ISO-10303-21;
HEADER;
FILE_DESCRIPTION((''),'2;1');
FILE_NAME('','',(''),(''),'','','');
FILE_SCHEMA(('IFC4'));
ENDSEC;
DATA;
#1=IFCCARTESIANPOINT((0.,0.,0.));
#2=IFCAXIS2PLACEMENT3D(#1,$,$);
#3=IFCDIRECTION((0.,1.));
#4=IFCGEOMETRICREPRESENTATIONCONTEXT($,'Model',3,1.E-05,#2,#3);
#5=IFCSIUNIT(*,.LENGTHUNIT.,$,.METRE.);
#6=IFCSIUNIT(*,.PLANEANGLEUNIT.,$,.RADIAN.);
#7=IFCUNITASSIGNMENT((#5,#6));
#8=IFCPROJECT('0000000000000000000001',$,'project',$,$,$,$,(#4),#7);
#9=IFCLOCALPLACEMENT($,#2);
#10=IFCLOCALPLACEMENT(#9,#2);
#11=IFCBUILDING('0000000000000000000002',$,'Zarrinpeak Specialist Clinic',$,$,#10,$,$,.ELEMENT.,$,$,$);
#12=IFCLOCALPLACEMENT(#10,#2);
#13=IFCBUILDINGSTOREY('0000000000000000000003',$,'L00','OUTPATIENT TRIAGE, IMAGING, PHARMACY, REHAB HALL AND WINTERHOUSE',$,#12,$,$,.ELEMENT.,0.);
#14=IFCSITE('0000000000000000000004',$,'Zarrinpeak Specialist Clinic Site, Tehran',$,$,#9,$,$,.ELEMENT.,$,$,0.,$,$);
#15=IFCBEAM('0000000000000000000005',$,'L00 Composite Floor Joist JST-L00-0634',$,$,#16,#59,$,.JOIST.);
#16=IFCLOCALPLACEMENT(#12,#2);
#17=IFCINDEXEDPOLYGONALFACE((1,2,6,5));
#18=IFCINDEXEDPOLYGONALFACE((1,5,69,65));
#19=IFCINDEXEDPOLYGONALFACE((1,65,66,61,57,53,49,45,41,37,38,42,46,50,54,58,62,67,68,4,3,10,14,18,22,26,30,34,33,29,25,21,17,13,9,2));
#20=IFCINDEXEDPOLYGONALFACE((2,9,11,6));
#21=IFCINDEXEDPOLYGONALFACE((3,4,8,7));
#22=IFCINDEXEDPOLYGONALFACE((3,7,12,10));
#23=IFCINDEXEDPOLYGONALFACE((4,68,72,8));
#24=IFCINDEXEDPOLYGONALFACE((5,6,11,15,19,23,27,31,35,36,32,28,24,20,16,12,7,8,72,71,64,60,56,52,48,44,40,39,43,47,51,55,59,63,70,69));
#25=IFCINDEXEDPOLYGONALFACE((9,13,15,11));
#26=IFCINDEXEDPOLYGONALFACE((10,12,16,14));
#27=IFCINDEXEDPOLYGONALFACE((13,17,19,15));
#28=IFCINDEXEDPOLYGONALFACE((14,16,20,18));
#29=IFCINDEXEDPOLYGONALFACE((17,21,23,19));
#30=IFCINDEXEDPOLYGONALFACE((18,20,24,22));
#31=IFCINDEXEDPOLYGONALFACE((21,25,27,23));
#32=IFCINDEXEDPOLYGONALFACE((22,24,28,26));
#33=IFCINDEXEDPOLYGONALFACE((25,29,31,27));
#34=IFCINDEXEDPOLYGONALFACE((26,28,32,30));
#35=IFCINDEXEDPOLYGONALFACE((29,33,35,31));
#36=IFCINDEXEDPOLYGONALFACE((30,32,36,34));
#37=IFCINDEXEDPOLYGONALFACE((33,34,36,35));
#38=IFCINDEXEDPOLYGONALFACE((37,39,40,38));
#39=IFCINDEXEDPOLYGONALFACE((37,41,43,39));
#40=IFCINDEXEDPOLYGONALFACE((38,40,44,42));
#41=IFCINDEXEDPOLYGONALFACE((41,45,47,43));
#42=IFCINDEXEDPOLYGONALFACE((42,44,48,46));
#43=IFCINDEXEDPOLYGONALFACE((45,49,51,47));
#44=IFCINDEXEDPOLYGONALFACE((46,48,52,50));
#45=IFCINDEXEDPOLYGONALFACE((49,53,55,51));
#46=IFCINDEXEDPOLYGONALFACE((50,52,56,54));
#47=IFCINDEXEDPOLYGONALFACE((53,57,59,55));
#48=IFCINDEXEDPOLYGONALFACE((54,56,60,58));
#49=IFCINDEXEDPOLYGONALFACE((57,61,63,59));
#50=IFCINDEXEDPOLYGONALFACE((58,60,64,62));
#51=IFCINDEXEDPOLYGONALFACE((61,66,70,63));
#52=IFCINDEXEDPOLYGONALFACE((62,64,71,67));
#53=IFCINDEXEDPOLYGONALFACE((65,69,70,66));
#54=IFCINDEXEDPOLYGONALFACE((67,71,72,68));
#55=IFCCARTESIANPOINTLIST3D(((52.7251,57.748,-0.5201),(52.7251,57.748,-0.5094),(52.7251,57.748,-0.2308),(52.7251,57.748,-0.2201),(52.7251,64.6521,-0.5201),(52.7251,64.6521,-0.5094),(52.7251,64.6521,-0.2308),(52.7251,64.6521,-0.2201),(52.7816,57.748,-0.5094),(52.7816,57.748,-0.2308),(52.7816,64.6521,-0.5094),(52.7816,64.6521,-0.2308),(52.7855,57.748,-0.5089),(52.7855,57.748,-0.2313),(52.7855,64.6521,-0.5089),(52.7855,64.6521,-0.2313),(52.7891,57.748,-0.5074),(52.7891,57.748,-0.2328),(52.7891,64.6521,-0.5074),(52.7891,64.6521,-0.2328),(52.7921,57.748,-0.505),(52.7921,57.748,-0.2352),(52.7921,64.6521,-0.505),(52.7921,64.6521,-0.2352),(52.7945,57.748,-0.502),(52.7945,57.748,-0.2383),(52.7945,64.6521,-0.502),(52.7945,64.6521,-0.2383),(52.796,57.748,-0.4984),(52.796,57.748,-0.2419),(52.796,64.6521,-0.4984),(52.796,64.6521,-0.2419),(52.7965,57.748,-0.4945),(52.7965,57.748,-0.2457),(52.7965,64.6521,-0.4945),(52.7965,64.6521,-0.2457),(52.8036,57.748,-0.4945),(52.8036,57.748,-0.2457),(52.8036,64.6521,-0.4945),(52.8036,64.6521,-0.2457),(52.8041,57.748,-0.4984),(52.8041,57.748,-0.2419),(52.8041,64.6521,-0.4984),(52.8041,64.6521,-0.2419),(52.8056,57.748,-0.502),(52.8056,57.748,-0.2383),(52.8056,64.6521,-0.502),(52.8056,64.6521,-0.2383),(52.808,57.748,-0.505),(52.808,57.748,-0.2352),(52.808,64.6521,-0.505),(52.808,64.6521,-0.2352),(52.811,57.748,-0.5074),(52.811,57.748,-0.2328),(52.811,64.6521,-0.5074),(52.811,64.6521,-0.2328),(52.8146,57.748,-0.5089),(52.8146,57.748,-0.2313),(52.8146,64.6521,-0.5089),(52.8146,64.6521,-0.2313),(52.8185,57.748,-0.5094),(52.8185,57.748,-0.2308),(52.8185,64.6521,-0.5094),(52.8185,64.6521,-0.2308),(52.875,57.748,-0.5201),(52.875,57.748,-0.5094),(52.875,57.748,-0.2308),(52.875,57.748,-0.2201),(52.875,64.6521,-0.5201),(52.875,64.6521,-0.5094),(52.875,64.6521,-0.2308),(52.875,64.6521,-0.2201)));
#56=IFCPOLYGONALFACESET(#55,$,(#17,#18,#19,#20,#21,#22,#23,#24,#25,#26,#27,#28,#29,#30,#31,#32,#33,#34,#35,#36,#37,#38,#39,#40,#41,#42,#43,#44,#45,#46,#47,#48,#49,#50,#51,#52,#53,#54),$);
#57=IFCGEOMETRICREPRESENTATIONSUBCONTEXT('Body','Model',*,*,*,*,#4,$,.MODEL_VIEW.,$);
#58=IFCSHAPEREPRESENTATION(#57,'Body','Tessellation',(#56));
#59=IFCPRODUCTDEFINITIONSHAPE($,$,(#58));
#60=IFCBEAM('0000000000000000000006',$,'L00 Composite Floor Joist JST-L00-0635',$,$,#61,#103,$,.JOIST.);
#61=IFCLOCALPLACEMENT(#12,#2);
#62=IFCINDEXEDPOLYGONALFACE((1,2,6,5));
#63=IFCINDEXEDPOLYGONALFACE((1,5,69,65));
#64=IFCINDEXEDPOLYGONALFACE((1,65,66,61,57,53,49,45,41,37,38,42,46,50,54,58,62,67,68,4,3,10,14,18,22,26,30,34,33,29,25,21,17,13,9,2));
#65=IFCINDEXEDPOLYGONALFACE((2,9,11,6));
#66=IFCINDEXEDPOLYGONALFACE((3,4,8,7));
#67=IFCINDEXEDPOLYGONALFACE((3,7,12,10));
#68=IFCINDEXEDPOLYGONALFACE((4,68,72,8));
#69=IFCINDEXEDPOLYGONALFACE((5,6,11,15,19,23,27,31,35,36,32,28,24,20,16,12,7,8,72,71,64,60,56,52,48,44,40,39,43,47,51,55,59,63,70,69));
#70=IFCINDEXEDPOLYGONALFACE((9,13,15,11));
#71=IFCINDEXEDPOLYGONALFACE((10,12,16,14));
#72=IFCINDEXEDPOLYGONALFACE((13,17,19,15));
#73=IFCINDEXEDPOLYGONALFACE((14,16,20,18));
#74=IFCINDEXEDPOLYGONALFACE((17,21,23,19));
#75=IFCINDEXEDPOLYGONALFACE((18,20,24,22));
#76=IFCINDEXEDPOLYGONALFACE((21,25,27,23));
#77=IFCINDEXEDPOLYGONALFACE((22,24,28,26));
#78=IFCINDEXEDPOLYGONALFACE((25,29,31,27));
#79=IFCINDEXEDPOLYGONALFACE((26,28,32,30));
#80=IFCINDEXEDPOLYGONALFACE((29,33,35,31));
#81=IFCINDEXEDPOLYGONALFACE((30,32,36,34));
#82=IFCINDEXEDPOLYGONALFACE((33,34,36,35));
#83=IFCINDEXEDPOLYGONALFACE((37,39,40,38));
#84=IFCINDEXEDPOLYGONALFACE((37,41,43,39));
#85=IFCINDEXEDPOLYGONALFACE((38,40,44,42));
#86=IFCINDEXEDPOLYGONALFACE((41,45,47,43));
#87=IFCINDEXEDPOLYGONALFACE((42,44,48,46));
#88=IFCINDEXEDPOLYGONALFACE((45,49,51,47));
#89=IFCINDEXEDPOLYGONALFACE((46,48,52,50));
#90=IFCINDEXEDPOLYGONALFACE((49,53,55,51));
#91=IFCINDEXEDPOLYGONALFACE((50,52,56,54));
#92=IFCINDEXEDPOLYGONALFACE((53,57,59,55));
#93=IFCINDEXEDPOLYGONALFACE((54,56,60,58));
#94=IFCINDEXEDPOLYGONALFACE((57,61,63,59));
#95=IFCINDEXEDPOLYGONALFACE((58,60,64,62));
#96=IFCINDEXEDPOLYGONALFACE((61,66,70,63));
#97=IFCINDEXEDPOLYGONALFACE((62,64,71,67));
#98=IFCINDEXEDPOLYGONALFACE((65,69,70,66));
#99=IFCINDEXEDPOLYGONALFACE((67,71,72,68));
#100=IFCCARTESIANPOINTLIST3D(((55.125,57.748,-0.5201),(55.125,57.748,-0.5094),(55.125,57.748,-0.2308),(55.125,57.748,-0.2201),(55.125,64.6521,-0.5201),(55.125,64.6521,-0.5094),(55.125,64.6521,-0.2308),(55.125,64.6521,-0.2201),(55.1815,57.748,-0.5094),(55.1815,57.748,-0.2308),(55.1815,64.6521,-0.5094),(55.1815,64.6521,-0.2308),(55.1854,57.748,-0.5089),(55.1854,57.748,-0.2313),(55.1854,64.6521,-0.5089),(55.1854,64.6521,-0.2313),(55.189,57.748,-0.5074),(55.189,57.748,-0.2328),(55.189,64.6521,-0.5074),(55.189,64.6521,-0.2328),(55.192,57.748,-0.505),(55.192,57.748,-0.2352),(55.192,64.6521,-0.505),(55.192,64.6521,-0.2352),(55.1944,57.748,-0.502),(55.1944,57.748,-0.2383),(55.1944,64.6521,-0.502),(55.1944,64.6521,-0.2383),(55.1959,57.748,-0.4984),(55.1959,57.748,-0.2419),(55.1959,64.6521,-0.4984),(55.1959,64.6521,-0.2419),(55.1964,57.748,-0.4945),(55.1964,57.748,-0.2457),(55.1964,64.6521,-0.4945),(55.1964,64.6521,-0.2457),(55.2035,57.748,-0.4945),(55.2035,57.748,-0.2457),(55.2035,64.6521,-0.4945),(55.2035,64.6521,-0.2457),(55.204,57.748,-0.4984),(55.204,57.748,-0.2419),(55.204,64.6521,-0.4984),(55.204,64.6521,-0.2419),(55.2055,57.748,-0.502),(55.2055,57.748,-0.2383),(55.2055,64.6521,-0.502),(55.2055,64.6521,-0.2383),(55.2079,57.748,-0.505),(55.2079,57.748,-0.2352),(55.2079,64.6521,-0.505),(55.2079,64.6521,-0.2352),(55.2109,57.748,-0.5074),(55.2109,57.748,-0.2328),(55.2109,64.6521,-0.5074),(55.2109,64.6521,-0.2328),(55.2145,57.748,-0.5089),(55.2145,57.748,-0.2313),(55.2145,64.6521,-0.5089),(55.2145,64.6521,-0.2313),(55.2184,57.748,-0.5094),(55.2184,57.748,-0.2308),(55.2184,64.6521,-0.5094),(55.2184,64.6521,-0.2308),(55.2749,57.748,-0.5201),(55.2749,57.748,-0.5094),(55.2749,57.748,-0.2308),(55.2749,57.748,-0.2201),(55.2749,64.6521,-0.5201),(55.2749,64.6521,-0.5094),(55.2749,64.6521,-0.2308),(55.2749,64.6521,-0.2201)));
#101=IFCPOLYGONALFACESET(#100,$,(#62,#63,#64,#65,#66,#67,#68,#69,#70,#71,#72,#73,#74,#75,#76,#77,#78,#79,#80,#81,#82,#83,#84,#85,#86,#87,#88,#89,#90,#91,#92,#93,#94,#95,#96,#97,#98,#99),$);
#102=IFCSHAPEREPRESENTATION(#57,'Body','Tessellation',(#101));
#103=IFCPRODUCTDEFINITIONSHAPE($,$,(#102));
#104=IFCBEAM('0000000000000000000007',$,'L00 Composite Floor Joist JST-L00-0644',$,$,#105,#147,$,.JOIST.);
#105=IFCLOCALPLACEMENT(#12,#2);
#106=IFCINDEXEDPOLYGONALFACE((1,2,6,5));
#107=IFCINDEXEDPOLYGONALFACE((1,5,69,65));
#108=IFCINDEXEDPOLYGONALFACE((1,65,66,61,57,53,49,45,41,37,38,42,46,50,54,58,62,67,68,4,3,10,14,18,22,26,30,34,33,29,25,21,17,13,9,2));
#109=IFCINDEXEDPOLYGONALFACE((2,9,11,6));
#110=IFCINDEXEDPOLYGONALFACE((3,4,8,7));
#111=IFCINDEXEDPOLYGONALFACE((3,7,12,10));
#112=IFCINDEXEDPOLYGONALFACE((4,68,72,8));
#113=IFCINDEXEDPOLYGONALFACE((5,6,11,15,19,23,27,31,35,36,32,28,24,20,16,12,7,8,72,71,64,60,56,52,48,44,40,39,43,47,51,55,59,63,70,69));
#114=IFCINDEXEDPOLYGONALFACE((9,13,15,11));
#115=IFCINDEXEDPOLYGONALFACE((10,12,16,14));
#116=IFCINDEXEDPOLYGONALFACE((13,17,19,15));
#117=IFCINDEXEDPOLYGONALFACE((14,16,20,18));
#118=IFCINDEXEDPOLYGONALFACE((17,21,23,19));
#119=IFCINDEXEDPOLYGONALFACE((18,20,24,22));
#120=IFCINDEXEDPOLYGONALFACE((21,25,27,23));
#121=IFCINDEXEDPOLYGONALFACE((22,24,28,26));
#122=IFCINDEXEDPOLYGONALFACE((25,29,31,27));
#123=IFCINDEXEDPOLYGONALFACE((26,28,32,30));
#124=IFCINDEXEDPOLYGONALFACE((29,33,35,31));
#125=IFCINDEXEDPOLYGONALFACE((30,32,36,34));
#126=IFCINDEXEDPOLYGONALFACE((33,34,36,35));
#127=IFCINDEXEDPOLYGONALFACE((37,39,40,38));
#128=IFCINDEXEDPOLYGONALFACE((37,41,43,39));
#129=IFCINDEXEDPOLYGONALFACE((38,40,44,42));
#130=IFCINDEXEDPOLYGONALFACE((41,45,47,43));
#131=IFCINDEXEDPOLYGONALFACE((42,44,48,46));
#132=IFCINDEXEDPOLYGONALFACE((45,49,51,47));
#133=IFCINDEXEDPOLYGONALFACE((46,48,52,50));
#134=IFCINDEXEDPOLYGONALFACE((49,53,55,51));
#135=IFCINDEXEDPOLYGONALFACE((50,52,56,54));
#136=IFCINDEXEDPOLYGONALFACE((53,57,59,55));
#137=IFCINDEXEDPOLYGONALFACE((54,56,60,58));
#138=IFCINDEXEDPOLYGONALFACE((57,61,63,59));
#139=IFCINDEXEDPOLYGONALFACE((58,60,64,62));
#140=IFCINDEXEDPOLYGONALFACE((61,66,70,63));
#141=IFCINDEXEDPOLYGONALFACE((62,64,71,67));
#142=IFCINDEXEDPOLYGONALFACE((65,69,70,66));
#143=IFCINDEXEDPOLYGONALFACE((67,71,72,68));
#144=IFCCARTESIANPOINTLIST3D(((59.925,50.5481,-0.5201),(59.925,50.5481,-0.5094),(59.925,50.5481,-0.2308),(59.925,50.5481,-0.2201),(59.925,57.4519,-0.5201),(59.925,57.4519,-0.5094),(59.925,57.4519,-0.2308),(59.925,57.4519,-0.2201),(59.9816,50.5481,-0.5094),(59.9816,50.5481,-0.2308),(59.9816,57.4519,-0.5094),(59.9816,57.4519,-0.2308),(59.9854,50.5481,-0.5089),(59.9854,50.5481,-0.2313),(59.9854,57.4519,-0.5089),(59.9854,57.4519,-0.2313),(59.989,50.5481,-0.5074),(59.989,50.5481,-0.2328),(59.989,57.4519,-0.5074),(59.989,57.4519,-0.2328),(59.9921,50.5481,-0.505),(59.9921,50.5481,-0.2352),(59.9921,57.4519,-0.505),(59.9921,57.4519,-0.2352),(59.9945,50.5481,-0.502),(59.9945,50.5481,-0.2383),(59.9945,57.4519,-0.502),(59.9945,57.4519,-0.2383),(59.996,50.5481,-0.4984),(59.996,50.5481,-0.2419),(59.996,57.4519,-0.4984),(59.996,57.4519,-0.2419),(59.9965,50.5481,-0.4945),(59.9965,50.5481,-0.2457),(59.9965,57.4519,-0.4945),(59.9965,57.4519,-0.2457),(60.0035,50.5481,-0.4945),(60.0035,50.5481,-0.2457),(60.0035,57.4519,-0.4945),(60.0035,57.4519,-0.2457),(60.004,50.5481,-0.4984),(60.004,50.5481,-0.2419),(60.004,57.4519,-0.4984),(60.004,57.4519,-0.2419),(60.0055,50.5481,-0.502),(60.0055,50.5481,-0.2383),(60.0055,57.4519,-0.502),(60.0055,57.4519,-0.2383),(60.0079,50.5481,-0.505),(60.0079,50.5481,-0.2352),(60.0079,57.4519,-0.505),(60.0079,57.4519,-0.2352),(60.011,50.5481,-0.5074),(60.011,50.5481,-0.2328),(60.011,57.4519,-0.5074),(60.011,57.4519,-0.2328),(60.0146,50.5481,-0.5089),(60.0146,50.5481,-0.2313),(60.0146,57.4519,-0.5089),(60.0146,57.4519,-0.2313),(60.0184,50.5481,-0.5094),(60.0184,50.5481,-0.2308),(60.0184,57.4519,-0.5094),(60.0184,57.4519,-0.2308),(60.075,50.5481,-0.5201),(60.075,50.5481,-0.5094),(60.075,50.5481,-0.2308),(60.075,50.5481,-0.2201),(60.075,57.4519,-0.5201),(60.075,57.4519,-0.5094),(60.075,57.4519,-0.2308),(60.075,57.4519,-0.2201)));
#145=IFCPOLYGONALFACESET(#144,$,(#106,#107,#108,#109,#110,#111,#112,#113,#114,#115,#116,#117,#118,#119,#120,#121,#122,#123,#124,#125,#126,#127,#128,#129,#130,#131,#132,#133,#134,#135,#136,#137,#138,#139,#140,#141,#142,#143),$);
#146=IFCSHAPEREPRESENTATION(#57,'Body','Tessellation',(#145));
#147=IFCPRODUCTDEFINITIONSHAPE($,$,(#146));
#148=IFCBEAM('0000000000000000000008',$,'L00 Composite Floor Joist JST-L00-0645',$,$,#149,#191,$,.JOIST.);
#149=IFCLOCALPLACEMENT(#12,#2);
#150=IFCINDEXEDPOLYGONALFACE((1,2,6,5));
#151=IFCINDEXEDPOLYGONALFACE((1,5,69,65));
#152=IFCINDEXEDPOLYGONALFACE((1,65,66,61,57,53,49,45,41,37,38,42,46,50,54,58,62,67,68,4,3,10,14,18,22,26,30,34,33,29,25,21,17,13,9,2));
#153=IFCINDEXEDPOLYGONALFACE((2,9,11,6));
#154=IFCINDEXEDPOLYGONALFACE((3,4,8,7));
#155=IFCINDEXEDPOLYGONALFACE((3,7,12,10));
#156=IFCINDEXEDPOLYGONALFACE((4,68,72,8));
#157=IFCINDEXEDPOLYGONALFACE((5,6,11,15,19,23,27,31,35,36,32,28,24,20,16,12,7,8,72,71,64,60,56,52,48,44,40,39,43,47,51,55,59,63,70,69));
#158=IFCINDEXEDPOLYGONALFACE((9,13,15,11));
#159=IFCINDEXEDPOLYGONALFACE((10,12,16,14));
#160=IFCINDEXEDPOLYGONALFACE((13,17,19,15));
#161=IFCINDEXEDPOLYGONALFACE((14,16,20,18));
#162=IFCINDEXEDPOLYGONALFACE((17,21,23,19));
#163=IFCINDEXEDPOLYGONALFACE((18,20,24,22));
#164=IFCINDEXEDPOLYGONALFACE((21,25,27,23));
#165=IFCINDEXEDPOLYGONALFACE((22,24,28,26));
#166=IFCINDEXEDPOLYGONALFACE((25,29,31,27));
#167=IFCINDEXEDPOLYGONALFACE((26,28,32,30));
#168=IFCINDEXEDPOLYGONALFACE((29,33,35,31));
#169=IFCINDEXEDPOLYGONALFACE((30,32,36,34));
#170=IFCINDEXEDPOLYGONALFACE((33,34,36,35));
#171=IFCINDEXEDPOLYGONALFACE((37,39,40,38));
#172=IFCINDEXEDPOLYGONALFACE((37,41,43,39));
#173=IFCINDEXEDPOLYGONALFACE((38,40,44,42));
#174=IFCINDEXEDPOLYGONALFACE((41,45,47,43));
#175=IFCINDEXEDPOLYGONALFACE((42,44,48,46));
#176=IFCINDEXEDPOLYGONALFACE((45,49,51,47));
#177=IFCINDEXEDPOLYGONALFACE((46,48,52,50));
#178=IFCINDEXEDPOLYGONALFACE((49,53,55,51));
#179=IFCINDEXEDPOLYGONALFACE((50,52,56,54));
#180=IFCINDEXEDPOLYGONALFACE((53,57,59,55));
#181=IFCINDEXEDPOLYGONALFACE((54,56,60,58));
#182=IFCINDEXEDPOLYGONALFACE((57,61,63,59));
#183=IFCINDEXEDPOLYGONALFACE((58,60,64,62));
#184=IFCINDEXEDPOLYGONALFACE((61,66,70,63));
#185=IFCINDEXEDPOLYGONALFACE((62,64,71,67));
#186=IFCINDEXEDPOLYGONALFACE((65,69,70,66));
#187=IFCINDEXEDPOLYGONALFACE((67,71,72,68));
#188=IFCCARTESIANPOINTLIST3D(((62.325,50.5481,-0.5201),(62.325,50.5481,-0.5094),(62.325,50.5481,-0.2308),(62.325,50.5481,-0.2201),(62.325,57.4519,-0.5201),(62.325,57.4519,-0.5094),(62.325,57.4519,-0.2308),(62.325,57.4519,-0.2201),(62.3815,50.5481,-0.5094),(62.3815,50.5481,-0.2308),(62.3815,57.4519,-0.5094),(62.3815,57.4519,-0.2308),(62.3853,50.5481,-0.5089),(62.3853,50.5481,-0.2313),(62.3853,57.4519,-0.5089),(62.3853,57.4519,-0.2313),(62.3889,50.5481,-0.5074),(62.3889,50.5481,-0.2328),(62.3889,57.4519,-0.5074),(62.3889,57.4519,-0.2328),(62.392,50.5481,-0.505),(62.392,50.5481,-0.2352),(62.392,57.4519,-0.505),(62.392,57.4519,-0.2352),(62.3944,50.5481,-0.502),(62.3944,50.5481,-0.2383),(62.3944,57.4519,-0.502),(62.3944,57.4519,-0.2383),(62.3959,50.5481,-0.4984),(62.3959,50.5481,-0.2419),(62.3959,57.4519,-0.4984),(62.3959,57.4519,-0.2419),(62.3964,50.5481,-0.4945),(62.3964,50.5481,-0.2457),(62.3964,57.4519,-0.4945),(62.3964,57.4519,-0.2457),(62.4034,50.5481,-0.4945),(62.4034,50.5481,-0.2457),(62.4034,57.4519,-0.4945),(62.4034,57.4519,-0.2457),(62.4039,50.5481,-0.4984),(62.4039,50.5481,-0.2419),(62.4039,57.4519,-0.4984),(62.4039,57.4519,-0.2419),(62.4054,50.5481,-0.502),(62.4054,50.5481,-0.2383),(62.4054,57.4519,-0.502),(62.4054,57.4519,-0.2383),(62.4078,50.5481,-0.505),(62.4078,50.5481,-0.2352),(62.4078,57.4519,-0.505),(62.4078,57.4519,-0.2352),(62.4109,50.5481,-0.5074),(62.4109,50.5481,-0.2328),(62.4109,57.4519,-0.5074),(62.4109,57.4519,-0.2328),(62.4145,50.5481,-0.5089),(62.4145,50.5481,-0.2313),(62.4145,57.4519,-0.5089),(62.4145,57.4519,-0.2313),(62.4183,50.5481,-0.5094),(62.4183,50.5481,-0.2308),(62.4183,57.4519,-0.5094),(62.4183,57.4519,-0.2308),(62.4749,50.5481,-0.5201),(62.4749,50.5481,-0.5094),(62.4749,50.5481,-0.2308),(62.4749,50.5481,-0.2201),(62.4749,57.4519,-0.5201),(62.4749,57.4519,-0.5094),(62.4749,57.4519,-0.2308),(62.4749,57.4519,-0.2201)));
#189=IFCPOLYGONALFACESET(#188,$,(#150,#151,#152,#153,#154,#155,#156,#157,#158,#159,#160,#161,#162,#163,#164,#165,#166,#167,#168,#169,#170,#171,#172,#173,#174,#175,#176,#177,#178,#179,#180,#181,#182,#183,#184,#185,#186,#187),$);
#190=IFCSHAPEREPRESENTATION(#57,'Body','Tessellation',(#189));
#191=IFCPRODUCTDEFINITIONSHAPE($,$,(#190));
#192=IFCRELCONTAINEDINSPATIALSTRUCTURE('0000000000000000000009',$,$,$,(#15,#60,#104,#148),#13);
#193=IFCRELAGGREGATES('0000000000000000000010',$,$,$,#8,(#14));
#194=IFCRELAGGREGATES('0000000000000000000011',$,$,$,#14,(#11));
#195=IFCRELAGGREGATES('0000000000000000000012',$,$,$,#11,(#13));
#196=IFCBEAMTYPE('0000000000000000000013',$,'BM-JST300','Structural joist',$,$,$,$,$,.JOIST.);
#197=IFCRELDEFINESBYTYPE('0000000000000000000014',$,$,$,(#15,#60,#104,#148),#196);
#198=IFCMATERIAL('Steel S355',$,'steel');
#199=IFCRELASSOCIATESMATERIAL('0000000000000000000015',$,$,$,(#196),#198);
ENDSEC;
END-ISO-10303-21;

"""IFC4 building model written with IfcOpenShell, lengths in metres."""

from ifc_helpers import new_model, si_unit, direction, frame, origin, origin_2d, place, context, subcontext, project, spatial, i_section, extrude, material, material_profile, profile_set, type_object, element, save


model = new_model("IFC4")

# Units and contexts
model_context = context("Model", 3, precision=1e-05, world=origin(), true_north=direction((0.0, 1.0)))
body_context = subcontext(model_context, "Body", "Model", "MODEL_VIEW")
ifc_project = project(units=[si_unit("LENGTHUNIT", "METRE"), si_unit("PLANEANGLEUNIT", "RADIAN")], contexts=[model_context])

# Site, building, storey
site_placement = place(None, origin())
site = spatial("IfcSite", under=ifc_project, at=site_placement, Name="Zarrinpeak Specialist Clinic Site, Tehran", CompositionType="ELEMENT", RefElevation=0.0)
building_placement = place(site_placement, origin())
building = spatial("IfcBuilding", under=site, at=building_placement, Name="Zarrinpeak Specialist Clinic", CompositionType="ELEMENT")
storey_placement = place(building_placement, origin())
storey = spatial("IfcBuildingStorey", under=building, at=storey_placement, Name="L00", Description="OUTPATIENT TRIAGE, IMAGING, PHARMACY, REHAB HALL AND WINTERHOUSE", CompositionType="ELEMENT", Elevation=0.0)

# Beams
ifc_material = material(Name="Steel S355", Category="steel")
ifc_material_profile_1 = material_profile(ifc_material, i_section(OverallWidth=0.1499, OverallDepth=0.3, WebThickness=0.0071, FlangeThickness=0.0107, FilletRadius=0.0149, at=origin_2d()), Name="IPE 300")
ifc_profile_set_1 = profile_set([ifc_material_profile_1], Name="Steel S355")
beam_type_1 = type_object("IfcBeamType", Name="BM-JST300", Description="Structural joist", PredefinedType="JOIST", material=ifc_profile_set_1)
for number, where, z_axis, x_axis, name in (
    (1, (52.8, 57.748, -0.3701), (0.0, 1.0, 0.0), (-1.0, 0.0, 0.0), "L00 Composite Floor Joist JST-L00-0634"),
    (2, (55.2, 57.748, -0.3701), (0.0, 1.0, 0.0), (-1.0, 0.0, 0.0), "L00 Composite Floor Joist JST-L00-0635"),
):
    element("IfcBeam", number, at=place(storey_placement, frame(where, z_axis=z_axis, x_axis=x_axis)), inside=storey, type_object=beam_type_1, Name=name, PredefinedType="JOIST", context=body_context, shape_type="SweptSolid", body=[
        extrude(i_section(OverallWidth=0.1499, OverallDepth=0.3, WebThickness=0.0071, FlangeThickness=0.0107, FilletRadius=0.0149, at=origin_2d()), origin(), (0.0, 0.0, 1.0), 6.9041),
    ])
for number, where, z_axis, x_axis, name in (
    (3, (60.0, 50.5481, -0.3701), (0.0, 1.0, 0.0), (-1.0, 0.0, 0.0), "L00 Composite Floor Joist JST-L00-0644"),
    (4, (62.3999, 50.5481, -0.3701), (0.0, 1.0, 0.0), (-1.0, 0.0, 0.0), "L00 Composite Floor Joist JST-L00-0645"),
):
    element("IfcBeam", number, at=place(storey_placement, frame(where, z_axis=z_axis, x_axis=x_axis)), inside=storey, type_object=beam_type_1, Name=name, PredefinedType="JOIST", context=body_context, shape_type="SweptSolid", body=[
        extrude(i_section(OverallWidth=0.1499, OverallDepth=0.3, WebThickness=0.0071, FlangeThickness=0.0107, FilletRadius=0.0149, at=origin_2d()), origin(), (0.0, 0.0, 1.0), 6.9038),
    ])

save(model, "model.ifc")
